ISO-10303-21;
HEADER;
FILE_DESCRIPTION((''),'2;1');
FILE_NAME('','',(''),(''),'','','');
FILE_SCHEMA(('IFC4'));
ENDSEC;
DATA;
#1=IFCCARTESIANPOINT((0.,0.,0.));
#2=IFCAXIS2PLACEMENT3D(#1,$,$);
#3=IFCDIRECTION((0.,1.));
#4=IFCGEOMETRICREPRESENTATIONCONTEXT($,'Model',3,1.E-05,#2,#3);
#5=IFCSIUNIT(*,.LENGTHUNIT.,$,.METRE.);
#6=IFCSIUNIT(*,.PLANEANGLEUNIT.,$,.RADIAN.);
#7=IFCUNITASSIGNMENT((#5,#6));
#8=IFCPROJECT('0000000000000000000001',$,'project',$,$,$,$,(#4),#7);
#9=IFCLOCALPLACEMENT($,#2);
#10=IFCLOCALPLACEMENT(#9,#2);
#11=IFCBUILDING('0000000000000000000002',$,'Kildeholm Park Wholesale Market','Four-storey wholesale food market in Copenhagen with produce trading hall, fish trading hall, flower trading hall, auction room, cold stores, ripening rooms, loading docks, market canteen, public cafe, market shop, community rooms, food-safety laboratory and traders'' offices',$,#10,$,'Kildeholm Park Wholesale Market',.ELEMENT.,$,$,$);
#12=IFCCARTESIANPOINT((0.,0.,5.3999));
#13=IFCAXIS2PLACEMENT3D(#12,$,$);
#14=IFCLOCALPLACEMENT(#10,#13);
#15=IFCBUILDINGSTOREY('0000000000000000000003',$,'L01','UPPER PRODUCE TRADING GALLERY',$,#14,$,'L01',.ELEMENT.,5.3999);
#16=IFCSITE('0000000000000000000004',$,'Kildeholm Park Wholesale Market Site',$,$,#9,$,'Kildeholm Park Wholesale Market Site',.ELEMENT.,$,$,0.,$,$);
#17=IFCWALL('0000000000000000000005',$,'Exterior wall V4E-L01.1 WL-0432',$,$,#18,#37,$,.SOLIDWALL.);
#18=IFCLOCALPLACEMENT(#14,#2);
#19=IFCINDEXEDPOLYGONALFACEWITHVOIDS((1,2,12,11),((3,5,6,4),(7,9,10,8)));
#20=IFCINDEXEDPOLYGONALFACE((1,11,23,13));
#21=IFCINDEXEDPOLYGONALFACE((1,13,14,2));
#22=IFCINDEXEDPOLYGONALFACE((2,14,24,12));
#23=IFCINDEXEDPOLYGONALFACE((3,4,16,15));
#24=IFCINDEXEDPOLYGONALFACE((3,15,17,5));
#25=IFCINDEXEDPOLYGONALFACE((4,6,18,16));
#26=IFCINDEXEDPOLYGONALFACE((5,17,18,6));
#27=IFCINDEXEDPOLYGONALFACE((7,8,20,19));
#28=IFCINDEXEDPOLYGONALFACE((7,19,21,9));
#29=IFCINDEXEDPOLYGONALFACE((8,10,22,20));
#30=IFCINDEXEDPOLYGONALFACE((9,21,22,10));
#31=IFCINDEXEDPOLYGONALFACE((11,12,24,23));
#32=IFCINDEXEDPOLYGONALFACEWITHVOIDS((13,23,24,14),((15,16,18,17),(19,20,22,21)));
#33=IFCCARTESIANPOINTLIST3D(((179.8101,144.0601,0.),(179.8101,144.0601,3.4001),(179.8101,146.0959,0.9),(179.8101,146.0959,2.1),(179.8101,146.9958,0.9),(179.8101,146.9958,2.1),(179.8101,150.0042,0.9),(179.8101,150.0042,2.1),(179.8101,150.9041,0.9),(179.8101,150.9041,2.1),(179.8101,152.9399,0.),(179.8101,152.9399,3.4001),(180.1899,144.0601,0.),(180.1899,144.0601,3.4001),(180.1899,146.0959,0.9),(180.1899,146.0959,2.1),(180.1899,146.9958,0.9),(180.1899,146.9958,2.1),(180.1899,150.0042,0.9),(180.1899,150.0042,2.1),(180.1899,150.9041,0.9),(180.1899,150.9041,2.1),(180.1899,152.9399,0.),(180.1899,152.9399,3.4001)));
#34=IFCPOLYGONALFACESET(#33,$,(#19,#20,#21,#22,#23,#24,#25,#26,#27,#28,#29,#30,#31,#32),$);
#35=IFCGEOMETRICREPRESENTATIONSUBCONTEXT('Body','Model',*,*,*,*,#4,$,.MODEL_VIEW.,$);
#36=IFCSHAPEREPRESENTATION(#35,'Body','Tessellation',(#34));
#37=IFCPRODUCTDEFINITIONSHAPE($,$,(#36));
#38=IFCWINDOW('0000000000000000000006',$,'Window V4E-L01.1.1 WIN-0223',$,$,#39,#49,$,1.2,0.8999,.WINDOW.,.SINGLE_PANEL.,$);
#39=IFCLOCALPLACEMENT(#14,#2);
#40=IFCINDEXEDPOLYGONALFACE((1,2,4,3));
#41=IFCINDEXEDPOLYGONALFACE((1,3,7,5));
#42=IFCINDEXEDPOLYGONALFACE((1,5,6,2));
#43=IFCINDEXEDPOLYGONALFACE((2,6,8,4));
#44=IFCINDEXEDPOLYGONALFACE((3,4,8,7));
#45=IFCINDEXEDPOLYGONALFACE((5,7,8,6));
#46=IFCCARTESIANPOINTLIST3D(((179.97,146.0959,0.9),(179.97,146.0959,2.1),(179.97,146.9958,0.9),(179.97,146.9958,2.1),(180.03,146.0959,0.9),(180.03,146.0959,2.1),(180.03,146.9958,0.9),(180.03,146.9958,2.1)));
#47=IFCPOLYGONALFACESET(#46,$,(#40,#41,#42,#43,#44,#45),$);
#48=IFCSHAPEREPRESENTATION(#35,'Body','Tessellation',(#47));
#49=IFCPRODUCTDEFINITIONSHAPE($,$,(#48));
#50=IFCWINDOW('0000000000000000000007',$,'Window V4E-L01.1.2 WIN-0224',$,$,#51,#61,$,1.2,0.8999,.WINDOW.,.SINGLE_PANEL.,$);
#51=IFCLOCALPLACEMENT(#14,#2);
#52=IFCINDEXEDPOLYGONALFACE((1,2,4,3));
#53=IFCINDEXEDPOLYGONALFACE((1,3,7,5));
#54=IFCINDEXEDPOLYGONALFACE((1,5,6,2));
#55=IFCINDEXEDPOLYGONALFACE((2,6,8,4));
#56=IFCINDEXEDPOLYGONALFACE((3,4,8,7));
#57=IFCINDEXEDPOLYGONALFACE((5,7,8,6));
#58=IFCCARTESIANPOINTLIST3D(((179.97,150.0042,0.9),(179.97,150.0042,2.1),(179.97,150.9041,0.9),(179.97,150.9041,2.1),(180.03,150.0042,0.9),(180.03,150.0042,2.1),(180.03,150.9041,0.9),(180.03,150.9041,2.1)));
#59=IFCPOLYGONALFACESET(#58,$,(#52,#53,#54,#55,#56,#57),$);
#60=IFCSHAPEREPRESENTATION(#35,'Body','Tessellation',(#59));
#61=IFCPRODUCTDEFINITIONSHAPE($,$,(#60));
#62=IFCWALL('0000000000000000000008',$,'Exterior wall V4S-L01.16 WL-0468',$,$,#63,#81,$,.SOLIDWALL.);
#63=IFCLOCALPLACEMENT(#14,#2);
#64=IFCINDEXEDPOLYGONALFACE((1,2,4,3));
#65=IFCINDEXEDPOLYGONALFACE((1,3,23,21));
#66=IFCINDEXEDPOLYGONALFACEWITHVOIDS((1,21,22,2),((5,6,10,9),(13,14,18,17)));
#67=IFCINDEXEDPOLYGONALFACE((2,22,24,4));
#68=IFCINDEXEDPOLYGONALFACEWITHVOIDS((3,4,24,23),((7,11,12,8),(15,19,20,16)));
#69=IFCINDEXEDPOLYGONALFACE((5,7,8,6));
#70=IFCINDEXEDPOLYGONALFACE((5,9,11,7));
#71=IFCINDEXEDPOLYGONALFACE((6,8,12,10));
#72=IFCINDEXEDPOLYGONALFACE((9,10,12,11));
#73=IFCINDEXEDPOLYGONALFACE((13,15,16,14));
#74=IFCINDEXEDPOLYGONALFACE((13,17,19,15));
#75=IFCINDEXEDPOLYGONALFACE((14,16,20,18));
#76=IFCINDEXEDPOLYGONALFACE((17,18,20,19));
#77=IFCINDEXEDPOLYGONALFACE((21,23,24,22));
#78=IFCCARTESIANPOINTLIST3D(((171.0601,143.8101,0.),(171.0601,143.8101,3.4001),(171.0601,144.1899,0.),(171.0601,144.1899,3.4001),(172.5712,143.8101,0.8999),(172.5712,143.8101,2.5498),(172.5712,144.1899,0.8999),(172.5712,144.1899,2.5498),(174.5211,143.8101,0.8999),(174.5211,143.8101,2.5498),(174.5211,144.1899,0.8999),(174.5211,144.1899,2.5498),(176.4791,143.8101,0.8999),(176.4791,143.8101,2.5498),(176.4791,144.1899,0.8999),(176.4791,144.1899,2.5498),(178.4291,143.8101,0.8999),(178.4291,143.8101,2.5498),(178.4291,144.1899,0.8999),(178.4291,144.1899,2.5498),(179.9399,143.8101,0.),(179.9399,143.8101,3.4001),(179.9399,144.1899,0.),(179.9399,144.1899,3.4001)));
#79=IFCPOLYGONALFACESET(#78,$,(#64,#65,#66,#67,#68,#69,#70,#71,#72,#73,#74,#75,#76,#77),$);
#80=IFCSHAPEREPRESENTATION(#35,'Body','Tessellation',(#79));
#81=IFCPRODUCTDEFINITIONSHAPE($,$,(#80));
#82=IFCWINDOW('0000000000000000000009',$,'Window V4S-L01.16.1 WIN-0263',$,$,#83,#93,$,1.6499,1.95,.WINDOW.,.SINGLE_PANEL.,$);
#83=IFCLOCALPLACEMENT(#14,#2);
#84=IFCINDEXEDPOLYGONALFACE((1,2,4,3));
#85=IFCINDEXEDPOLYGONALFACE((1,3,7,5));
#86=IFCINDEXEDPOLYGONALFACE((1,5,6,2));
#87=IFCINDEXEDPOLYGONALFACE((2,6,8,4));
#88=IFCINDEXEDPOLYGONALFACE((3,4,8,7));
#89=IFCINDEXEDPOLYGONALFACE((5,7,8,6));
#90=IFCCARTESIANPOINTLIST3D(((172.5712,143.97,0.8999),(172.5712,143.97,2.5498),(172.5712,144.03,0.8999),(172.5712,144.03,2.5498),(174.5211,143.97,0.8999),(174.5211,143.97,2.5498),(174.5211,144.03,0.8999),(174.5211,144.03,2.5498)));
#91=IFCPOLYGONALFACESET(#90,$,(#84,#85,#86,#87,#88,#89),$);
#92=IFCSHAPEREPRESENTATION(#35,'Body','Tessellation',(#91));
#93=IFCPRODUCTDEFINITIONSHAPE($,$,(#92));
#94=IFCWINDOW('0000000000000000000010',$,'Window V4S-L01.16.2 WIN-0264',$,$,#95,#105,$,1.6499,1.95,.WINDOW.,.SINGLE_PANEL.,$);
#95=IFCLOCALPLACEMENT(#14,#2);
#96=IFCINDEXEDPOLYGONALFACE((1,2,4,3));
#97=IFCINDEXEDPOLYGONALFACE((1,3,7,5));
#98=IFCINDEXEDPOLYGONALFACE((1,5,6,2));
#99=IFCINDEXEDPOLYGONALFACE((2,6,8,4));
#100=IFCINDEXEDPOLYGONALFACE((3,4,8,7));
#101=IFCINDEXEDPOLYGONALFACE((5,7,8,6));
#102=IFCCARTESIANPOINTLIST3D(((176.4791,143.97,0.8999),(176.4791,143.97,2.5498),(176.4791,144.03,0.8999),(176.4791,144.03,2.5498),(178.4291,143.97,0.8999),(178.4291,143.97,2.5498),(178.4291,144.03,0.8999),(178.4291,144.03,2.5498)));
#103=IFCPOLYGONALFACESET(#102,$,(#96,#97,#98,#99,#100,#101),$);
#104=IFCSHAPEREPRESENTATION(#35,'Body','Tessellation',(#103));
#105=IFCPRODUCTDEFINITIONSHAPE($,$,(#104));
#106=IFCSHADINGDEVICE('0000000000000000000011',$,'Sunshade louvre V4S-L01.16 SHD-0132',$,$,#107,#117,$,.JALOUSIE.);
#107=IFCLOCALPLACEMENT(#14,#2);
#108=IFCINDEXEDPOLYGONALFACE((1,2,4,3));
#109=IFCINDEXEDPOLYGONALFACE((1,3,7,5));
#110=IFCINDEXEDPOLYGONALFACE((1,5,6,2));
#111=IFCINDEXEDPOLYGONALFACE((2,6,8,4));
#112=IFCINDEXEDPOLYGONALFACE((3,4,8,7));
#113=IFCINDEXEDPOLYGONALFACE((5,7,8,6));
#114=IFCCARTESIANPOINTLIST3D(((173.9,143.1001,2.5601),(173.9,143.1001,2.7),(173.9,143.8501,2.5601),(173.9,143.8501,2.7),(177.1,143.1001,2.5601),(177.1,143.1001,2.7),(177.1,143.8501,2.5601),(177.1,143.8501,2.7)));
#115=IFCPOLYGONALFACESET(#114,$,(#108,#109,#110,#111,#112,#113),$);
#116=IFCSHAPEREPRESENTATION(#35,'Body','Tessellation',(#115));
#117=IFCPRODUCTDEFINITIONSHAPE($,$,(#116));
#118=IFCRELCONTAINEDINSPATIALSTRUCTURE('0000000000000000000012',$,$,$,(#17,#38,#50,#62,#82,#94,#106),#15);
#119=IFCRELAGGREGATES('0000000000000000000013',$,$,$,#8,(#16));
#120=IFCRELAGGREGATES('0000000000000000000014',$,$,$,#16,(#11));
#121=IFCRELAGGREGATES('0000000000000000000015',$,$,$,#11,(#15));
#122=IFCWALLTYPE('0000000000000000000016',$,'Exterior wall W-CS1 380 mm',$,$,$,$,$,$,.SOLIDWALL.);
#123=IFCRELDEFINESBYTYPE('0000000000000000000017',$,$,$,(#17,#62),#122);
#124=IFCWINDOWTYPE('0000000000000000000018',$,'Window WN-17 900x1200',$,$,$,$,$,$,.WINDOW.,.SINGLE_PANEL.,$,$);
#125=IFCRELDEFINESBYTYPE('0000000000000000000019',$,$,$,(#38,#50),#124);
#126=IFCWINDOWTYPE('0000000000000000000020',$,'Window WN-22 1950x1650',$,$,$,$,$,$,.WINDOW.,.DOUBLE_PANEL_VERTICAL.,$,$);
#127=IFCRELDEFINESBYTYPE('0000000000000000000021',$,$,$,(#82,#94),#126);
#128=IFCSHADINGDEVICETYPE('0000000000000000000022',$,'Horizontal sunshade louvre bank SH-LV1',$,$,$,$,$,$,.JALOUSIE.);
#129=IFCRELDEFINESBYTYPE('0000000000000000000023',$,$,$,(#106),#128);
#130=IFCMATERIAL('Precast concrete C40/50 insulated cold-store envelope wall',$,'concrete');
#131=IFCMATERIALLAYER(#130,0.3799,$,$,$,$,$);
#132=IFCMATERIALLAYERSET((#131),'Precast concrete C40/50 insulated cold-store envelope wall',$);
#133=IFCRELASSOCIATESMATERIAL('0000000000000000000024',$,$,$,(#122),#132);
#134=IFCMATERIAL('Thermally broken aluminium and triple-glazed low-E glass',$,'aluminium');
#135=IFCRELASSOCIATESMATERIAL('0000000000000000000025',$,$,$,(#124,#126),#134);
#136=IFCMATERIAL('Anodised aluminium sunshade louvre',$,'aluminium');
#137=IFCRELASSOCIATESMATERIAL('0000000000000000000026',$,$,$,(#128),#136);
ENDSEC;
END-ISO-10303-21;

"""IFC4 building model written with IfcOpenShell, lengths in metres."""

from ifc_helpers import new_model, si_unit, direction, frame, frame_2d, origin, origin_2d, place, context, subcontext, project, spatial, rectangle, extrude, material, layer, layer_set, type_object, element, fill, save


model = new_model("IFC4")

# Units and contexts
model_context = context("Model", 3, precision=1e-05, world=origin(), true_north=direction((0.0, 1.0)))
body_context = subcontext(model_context, "Body", "Model", "MODEL_VIEW")
ifc_project = project(units=[si_unit("LENGTHUNIT", "METRE"), si_unit("PLANEANGLEUNIT", "RADIAN")], contexts=[model_context])

# Site, building, storey
site_placement = place(None, origin())
site = spatial("IfcSite", under=ifc_project, at=site_placement, Name="Kildeholm Park Wholesale Market Site", LongName="Kildeholm Park Wholesale Market Site", CompositionType="ELEMENT", RefElevation=0.0)
building_placement = place(site_placement, origin())
building = spatial("IfcBuilding", under=site, at=building_placement, Name="Kildeholm Park Wholesale Market", Description="Four-storey wholesale food market in Copenhagen with produce trading hall, fish trading hall, flower trading hall, auction room, cold stores, ripening rooms, loading docks, market canteen, public cafe, market shop, community rooms, food-safety laboratory and traders' offices", LongName="Kildeholm Park Wholesale Market", CompositionType="ELEMENT")
storey_placement = place(building_placement, frame((0.0, 0.0, 5.3999)))
storey = spatial("IfcBuildingStorey", under=building, at=storey_placement, Name="L01", Description="UPPER PRODUCE TRADING GALLERY", LongName="L01", CompositionType="ELEMENT", Elevation=5.3999)

# Walls, openings, windows
ifc_material_1 = material(Name="Precast concrete C40/50 insulated cold-store envelope wall", Category="concrete")
ifc_layer_1 = layer(ifc_material_1, 0.3799)
ifc_layer_set_1 = layer_set([ifc_layer_1], Name="Precast concrete C40/50 insulated cold-store envelope wall")
wall_type = type_object("IfcWallType", Name="Exterior wall W-CS1 380 mm", PredefinedType="SOLIDWALL", material=ifc_layer_set_1)
wall_1_placement = place(storey_placement, frame((180.0, 144.0601, 0.0), z_axis=(0.0, 0.0, 1.0), x_axis=(0.0, 1.0, 0.0)))
wall_1 = element("IfcWall", 1, at=wall_1_placement, inside=storey, type_object=wall_type, Name="Exterior wall V4E-L01.1 WL-0432", PredefinedType="SOLIDWALL", context=body_context, shape_type="SweptSolid", body=[
    extrude(rectangle(XDim=8.8799, YDim=0.3799, at=frame_2d((4.4399, 0.0))), origin(), (0.0, 0.0, 1.0), 3.4001),
])
opening_1_placement = place(wall_1_placement, frame((2.0359, 0.0, 0.8999)))
opening_1 = element("IfcOpeningElement", 2, at=opening_1_placement, cuts=wall_1, PredefinedType="OPENING", context=body_context, shape_type="SweptSolid", body=[
    extrude(rectangle(XDim=0.8999, YDim=1.2, at=frame_2d((0.45, 0.6001))), frame((0.0, 0.2, 0.0), z_axis=(0.0, -1.0, 0.0), x_axis=(1.0, 0.0, 0.0)), (0.0, 0.0, 1.0), 0.3999),
])
opening_2_placement = place(wall_1_placement, frame((5.9441, 0.0, 0.8999)))
opening_2 = element("IfcOpeningElement", 3, at=opening_2_placement, cuts=wall_1, PredefinedType="OPENING", context=body_context, shape_type="SweptSolid", body=[
    extrude(rectangle(XDim=0.8999, YDim=1.2, at=frame_2d((0.45, 0.6001))), frame((0.0, 0.2, 0.0), z_axis=(0.0, -1.0, 0.0), x_axis=(1.0, 0.0, 0.0)), (0.0, 0.0, 1.0), 0.3999),
])
ifc_material_2 = material(Name="Thermally broken aluminium and triple-glazed low-E glass", Category="aluminium")
window_type_1 = type_object("IfcWindowType", Name="Window WN-17 900x1200", PartitioningType="SINGLE_PANEL", PredefinedType="WINDOW", material=ifc_material_2)
window_1_placement = place(opening_1_placement, origin())
window_1 = element("IfcWindow", 4, at=window_1_placement, inside=storey, type_object=window_type_1, Name="Window V4E-L01.1.1 WIN-0223", OverallHeight=1.2, OverallWidth=0.8999, PartitioningType="SINGLE_PANEL", PredefinedType="WINDOW", context=body_context, shape_type="SweptSolid", body=[
    extrude(rectangle(XDim=0.8999, YDim=1.2, at=frame_2d((0.45, 0.6001))), frame((0.0, 0.03, 0.0), z_axis=(0.0, -1.0, 0.0), x_axis=(1.0, 0.0, 0.0)), (0.0, 0.0, 1.0), 0.0601),
])
fill(opening_1, window_1)
window_2_placement = place(opening_2_placement, origin())
window_2 = element("IfcWindow", 5, at=window_2_placement, inside=storey, type_object=window_type_1, Name="Window V4E-L01.1.2 WIN-0224", OverallHeight=1.2, OverallWidth=0.8999, PartitioningType="SINGLE_PANEL", PredefinedType="WINDOW", context=body_context, shape_type="SweptSolid", body=[
    extrude(rectangle(XDim=0.8999, YDim=1.2, at=frame_2d((0.45, 0.6001))), frame((0.0, 0.03, 0.0), z_axis=(0.0, -1.0, 0.0), x_axis=(1.0, 0.0, 0.0)), (0.0, 0.0, 1.0), 0.0601),
])
fill(opening_2, window_2)
wall_2_placement = place(storey_placement, frame((171.0601, 144.0, 0.0), z_axis=(0.0, 0.0, 1.0), x_axis=(1.0, 0.0, 0.0)))
wall_2 = element("IfcWall", 6, at=wall_2_placement, inside=storey, type_object=wall_type, Name="Exterior wall V4S-L01.16 WL-0468", PredefinedType="SOLIDWALL", context=body_context, shape_type="SweptSolid", body=[
    extrude(rectangle(XDim=8.8799, YDim=0.3799, at=frame_2d((4.4399, 0.0))), origin(), (0.0, 0.0, 1.0), 3.4001),
])
opening_3_placement = place(wall_2_placement, frame((1.511, 0.0, 0.8999)))
opening_3 = element("IfcOpeningElement", 7, at=opening_3_placement, cuts=wall_2, PredefinedType="OPENING", context=body_context, shape_type="SweptSolid", body=[
    extrude(rectangle(XDim=1.95, YDim=1.6499, at=frame_2d((0.9751, 0.825))), frame((0.0, 0.2, 0.0), z_axis=(0.0, -1.0, 0.0), x_axis=(1.0, 0.0, 0.0)), (0.0, 0.0, 1.0), 0.3999),
])
opening_4_placement = place(wall_2_placement, frame((5.4189, 0.0, 0.8999)))
opening_4 = element("IfcOpeningElement", 8, at=opening_4_placement, cuts=wall_2, PredefinedType="OPENING", context=body_context, shape_type="SweptSolid", body=[
    extrude(rectangle(XDim=1.95, YDim=1.6499, at=frame_2d((0.9751, 0.825))), frame((0.0, 0.2, 0.0), z_axis=(0.0, -1.0, 0.0), x_axis=(1.0, 0.0, 0.0)), (0.0, 0.0, 1.0), 0.3999),
])
window_type_2 = type_object("IfcWindowType", Name="Window WN-22 1950x1650", PartitioningType="DOUBLE_PANEL_VERTICAL", PredefinedType="WINDOW", material=ifc_material_2)
window_3_placement = place(opening_3_placement, origin())
window_3 = element("IfcWindow", 9, at=window_3_placement, inside=storey, type_object=window_type_2, Name="Window V4S-L01.16.1 WIN-0263", OverallHeight=1.6499, OverallWidth=1.95, PartitioningType="SINGLE_PANEL", PredefinedType="WINDOW", context=body_context, shape_type="SweptSolid", body=[
    extrude(rectangle(XDim=1.95, YDim=1.6499, at=frame_2d((0.9751, 0.825))), frame((0.0, 0.03, 0.0), z_axis=(0.0, -1.0, 0.0), x_axis=(1.0, 0.0, 0.0)), (0.0, 0.0, 1.0), 0.0601),
])
fill(opening_3, window_3)
window_4_placement = place(opening_4_placement, origin())
window_4 = element("IfcWindow", 10, at=window_4_placement, inside=storey, type_object=window_type_2, Name="Window V4S-L01.16.2 WIN-0264", OverallHeight=1.6499, OverallWidth=1.95, PartitioningType="SINGLE_PANEL", PredefinedType="WINDOW", context=body_context, shape_type="SweptSolid", body=[
    extrude(rectangle(XDim=1.95, YDim=1.6499, at=frame_2d((0.9751, 0.825))), frame((0.0, 0.03, 0.0), z_axis=(0.0, -1.0, 0.0), x_axis=(1.0, 0.0, 0.0)), (0.0, 0.0, 1.0), 0.0601),
])
fill(opening_4, window_4)

# Shading device
ifc_material_3 = material(Name="Anodised aluminium sunshade louvre", Category="aluminium")
shading_device_type = type_object("IfcShadingDeviceType", Name="Horizontal sunshade louvre bank SH-LV1", PredefinedType="JALOUSIE", material=ifc_material_3)
shading_device_placement = place(storey_placement, frame((175.5, 143.4751, 2.5601), z_axis=(0.0, 0.0, 1.0), x_axis=(1.0, 0.0, 0.0)))
element("IfcShadingDevice", 11, at=shading_device_placement, inside=storey, type_object=shading_device_type, Name="Sunshade louvre V4S-L01.16 SHD-0132", PredefinedType="JALOUSIE", context=body_context, shape_type="SweptSolid", body=[
    extrude(rectangle(XDim=3.2, YDim=0.75, at=origin_2d()), origin(), (0.0, 0.0, 1.0), 0.1399),
])

save(model, "model.ifc")
